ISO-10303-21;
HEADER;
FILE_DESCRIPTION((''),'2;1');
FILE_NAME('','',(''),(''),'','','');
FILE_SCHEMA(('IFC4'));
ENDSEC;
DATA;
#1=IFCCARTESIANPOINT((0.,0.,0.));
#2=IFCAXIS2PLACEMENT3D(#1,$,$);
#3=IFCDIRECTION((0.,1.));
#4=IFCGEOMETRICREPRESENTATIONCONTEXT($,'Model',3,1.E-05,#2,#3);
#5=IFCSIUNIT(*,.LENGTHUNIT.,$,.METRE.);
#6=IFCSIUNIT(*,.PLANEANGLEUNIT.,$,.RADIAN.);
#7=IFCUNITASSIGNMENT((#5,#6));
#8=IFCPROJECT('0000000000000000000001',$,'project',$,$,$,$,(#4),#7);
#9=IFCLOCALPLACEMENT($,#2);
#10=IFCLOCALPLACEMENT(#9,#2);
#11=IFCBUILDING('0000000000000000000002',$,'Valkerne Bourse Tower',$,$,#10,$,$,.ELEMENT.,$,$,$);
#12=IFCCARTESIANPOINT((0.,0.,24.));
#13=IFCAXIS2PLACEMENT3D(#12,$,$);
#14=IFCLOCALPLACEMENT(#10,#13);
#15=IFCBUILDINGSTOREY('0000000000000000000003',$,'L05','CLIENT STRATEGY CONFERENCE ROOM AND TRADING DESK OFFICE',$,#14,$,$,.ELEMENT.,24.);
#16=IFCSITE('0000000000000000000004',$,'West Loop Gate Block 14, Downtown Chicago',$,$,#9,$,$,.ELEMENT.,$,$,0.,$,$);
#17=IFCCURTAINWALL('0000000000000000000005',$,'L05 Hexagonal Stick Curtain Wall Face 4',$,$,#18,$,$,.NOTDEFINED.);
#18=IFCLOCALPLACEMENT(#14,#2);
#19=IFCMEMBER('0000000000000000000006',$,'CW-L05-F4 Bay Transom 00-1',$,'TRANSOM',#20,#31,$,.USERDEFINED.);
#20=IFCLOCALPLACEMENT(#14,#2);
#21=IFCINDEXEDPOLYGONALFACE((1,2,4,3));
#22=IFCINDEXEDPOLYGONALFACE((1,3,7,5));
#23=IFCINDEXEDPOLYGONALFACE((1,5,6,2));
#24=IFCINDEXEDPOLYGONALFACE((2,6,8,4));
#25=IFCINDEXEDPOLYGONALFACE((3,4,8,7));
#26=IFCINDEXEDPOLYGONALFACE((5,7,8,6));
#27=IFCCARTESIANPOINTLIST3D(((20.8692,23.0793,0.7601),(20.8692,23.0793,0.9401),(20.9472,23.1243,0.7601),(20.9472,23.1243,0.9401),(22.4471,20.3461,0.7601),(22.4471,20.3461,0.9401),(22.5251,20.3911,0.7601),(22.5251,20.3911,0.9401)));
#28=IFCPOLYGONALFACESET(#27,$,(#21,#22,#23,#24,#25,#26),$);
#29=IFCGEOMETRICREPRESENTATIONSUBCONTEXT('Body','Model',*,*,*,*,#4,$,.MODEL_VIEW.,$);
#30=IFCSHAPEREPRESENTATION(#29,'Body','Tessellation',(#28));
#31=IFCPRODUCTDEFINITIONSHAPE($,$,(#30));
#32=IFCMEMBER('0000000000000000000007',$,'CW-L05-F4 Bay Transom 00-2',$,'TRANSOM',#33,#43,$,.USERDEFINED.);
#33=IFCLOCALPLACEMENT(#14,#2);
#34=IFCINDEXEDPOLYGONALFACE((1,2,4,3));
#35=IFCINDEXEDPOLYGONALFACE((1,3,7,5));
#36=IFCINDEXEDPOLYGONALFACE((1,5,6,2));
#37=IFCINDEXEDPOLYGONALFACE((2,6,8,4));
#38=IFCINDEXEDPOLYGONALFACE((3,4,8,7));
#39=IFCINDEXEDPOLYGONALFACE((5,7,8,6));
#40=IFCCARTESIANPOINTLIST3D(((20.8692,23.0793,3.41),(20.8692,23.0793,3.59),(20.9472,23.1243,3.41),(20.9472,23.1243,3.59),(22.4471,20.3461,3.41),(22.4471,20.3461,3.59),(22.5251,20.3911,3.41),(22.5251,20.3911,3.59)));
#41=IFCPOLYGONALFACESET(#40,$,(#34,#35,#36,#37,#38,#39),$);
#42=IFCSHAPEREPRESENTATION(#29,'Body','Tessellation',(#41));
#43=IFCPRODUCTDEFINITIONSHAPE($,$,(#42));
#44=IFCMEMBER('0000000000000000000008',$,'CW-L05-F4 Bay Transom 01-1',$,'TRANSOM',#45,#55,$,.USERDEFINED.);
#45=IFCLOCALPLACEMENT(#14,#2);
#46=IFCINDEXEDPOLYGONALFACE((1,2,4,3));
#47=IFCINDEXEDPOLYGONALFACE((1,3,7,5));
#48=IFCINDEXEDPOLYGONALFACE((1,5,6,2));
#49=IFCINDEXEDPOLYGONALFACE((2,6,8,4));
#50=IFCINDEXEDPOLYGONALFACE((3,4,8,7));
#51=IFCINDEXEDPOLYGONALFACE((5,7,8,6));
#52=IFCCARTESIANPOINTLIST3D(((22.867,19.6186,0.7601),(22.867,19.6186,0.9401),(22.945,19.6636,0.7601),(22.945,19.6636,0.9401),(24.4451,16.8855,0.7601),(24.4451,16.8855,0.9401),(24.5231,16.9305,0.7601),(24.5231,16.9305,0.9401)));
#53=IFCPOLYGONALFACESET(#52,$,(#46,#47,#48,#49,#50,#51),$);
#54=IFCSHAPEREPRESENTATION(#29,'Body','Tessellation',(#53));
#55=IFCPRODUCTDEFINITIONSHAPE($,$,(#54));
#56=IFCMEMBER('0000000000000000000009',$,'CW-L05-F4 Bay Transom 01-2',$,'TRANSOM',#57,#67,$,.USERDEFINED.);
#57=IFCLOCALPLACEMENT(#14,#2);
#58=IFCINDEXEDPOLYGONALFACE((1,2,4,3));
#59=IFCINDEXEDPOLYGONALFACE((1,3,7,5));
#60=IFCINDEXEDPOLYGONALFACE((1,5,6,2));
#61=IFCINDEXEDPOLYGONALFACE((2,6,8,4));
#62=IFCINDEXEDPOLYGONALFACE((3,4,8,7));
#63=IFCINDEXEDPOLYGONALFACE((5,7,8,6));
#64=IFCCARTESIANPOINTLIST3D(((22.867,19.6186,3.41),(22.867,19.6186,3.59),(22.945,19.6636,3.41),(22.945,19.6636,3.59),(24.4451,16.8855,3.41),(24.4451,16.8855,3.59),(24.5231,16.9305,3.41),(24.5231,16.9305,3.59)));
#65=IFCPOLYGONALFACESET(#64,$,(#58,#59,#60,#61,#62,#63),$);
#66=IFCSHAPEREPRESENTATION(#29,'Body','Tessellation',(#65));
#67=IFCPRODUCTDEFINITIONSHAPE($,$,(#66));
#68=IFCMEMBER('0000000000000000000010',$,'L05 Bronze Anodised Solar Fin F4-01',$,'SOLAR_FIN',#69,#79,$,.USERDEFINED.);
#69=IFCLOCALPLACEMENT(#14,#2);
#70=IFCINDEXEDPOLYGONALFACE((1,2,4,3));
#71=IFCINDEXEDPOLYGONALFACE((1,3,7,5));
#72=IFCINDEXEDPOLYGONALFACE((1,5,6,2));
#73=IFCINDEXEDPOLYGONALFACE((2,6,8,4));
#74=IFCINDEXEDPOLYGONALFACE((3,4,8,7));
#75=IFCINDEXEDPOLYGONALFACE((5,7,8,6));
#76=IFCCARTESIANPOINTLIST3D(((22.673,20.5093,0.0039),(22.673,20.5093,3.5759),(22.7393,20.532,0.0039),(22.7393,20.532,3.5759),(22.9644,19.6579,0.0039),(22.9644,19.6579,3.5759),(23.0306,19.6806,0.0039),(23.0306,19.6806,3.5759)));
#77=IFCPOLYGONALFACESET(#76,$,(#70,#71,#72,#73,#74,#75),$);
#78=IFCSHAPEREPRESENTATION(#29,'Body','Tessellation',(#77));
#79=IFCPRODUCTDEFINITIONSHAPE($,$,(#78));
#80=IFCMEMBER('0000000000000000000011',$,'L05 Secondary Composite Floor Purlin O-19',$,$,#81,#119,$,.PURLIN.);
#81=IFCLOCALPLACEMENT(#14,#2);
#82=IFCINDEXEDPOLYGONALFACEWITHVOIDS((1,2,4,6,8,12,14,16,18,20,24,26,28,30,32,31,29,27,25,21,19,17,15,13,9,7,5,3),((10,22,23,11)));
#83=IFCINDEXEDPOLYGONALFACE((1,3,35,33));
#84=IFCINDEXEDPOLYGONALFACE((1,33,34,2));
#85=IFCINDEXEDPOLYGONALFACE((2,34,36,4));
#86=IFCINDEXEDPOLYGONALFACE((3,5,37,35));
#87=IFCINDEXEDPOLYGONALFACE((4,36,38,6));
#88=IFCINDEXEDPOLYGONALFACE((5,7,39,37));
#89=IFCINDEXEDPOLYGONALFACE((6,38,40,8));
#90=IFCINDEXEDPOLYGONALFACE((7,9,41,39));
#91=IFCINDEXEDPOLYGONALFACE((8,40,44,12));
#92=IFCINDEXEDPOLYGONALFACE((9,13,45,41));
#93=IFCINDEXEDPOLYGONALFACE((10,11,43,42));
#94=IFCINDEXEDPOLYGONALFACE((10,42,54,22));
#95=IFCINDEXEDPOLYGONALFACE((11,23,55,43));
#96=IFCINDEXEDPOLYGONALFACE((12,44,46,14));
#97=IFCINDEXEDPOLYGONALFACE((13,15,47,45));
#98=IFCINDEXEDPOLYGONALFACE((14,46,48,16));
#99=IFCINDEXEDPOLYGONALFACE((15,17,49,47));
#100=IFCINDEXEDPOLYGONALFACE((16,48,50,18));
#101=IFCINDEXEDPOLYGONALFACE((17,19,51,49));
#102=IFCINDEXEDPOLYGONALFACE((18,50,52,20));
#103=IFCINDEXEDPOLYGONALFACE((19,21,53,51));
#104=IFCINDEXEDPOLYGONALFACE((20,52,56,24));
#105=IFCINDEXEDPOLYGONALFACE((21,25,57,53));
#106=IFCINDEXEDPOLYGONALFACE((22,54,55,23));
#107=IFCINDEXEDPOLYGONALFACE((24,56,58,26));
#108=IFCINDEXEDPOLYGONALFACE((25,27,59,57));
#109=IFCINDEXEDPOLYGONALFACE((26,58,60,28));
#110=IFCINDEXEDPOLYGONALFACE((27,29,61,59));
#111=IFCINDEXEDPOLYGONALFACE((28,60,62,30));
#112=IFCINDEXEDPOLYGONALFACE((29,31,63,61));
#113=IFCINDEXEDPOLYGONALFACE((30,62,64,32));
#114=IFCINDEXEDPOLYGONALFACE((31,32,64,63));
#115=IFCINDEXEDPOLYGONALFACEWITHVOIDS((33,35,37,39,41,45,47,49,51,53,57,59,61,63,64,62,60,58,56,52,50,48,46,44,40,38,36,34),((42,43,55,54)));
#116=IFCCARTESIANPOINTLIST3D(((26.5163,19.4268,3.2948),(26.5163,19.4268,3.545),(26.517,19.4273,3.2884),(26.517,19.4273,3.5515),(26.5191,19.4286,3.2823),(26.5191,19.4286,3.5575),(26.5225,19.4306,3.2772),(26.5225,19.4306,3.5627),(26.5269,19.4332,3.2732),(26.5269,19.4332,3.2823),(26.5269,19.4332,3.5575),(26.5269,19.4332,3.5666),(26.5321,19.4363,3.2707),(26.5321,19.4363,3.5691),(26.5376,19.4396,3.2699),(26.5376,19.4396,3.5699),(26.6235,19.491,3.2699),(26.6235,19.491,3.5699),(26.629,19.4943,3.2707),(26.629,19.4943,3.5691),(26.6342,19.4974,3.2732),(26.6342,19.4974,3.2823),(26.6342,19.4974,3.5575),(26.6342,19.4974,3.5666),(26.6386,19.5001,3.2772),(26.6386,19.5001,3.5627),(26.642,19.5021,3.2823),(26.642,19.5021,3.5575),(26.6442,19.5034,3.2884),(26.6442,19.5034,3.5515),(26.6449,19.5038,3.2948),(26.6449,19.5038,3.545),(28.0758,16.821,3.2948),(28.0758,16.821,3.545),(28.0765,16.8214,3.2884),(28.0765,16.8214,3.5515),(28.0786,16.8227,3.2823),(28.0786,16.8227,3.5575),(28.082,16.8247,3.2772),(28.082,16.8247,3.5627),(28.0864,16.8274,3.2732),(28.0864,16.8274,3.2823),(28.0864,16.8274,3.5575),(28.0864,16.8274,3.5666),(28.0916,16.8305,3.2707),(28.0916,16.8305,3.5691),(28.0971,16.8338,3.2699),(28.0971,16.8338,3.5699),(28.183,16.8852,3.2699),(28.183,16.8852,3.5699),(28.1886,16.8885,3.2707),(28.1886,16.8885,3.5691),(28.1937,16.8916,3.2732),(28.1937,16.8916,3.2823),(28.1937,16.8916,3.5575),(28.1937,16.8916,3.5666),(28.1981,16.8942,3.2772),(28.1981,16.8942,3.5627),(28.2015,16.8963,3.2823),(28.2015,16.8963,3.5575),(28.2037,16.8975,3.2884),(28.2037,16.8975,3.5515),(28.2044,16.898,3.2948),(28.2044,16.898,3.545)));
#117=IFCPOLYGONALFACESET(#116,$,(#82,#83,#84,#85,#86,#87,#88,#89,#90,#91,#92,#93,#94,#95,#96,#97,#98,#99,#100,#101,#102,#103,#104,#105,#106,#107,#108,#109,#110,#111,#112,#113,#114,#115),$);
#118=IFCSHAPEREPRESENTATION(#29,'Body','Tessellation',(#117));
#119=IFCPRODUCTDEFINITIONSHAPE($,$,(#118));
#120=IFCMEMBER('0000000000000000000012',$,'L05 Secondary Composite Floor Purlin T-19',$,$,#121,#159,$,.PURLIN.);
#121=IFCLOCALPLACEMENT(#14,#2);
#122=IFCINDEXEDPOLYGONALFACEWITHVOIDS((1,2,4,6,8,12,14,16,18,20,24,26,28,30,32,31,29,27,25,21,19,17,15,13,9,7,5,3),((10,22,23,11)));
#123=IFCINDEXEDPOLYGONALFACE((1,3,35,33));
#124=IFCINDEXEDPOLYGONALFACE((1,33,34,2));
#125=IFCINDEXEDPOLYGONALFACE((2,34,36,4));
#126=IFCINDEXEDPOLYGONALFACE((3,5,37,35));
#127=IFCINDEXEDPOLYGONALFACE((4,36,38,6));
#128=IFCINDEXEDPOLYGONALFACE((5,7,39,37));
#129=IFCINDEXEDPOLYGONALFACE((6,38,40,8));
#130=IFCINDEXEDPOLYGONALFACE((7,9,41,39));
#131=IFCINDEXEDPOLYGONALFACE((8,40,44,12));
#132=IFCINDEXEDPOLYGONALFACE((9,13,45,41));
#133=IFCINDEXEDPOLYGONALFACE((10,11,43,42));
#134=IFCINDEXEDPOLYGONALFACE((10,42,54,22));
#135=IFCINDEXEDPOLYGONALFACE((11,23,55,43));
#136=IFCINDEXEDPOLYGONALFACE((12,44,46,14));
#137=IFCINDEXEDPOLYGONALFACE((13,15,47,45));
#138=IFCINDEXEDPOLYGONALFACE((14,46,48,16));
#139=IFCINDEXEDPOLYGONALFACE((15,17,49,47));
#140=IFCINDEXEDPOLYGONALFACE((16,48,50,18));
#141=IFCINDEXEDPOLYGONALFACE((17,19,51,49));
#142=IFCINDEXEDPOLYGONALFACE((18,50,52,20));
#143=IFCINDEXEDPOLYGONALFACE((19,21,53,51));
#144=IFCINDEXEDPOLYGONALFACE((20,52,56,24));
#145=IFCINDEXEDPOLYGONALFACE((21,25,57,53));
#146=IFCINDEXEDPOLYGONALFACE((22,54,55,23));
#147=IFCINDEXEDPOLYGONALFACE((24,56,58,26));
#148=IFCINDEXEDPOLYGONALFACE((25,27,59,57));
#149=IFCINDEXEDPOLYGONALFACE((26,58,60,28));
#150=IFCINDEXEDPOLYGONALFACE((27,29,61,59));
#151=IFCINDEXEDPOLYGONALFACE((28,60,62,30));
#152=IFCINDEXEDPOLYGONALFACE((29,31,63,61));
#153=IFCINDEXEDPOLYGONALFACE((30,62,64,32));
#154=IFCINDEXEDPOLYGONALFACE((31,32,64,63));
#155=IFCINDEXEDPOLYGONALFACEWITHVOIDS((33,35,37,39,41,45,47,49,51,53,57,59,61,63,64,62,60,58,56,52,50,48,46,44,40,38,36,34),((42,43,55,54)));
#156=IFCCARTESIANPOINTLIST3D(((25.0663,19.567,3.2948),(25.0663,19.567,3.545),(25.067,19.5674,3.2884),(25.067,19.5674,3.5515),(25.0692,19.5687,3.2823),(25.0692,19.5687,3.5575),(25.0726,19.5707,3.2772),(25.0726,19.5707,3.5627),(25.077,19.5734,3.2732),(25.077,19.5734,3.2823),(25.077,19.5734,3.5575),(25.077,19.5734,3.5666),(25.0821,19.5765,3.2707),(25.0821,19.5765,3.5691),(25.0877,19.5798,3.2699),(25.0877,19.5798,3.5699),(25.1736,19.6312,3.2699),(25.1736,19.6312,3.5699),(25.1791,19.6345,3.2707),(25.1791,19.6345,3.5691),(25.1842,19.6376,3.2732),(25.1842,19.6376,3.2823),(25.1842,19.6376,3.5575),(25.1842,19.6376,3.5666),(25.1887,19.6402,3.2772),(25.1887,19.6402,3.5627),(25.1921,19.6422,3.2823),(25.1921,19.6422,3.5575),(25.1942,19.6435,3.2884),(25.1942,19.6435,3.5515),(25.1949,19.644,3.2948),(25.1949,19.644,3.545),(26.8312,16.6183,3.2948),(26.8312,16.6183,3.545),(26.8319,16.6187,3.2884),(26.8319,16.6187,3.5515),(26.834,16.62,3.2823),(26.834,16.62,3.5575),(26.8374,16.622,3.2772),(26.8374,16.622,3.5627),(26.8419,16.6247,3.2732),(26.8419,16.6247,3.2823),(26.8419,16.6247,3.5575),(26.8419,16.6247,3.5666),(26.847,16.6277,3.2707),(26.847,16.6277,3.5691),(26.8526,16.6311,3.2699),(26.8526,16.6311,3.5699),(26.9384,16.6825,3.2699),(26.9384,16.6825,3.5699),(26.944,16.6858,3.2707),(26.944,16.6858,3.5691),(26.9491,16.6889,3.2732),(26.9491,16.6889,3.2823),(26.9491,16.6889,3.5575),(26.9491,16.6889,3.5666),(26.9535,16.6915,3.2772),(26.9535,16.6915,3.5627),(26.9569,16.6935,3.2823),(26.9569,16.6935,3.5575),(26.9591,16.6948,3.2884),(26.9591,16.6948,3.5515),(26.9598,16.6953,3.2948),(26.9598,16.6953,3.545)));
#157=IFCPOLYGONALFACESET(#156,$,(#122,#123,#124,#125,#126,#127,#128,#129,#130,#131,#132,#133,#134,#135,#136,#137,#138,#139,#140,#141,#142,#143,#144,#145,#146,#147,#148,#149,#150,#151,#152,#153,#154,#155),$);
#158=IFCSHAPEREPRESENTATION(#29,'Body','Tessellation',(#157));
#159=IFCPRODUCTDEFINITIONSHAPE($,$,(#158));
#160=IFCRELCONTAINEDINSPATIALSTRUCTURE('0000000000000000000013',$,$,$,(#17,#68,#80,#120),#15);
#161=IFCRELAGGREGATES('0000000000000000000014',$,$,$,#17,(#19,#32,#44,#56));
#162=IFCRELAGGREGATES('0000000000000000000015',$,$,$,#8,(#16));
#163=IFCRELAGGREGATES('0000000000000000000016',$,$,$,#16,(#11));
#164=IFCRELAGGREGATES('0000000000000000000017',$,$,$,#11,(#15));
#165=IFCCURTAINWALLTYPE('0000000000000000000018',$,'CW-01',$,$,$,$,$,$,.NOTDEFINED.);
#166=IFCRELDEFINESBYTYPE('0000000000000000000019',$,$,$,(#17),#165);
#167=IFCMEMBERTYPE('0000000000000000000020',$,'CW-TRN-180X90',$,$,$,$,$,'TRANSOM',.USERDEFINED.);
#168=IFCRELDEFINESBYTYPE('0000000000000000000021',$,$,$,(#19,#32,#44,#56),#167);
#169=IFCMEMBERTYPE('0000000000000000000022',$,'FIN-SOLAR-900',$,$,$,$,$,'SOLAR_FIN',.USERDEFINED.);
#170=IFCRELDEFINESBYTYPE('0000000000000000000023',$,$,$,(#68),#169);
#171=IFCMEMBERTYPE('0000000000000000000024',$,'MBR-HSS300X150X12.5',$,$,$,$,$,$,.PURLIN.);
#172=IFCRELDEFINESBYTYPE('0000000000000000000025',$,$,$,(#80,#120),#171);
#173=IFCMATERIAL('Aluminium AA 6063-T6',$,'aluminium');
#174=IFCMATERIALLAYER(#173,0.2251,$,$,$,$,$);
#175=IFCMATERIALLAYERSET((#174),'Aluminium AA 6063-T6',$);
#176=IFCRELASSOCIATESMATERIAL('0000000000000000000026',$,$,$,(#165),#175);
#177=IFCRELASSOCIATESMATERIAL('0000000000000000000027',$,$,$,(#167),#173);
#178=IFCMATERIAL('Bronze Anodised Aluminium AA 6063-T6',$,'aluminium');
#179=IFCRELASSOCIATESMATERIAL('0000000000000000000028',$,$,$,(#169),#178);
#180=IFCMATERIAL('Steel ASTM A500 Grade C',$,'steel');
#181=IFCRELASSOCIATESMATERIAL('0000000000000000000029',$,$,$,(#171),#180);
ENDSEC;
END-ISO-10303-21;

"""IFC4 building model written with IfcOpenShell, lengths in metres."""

from ifc_helpers import new_model, si_unit, direction, frame, origin, origin_2d, place, context, subcontext, project, spatial, rectangle, hollow_rectangle, extrude, material, layer, layer_set, material_profile, profile_set, type_object, element, aggregate, save


model = new_model("IFC4")

# Units and contexts
model_context = context("Model", 3, precision=1e-05, world=origin(), true_north=direction((0.0, 1.0)))
body_context = subcontext(model_context, "Body", "Model", "MODEL_VIEW")
ifc_project = project(units=[si_unit("LENGTHUNIT", "METRE"), si_unit("PLANEANGLEUNIT", "RADIAN")], contexts=[model_context])

# Site, building, storey
site_placement = place(None, origin())
site = spatial("IfcSite", under=ifc_project, at=site_placement, Name="West Loop Gate Block 14, Downtown Chicago", CompositionType="ELEMENT", RefElevation=0.0)
building_placement = place(site_placement, origin())
building = spatial("IfcBuilding", under=site, at=building_placement, Name="Valkerne Bourse Tower", CompositionType="ELEMENT")
storey_placement = place(building_placement, frame((0.0, 0.0, 24.0)))
storey = spatial("IfcBuildingStorey", under=building, at=storey_placement, Name="L05", Description="CLIENT STRATEGY CONFERENCE ROOM AND TRADING DESK OFFICE", CompositionType="ELEMENT", Elevation=24.0)

# Shared definitions
ifc_material_1 = material(Name="Aluminium AA 6063-T6", Category="aluminium")
ifc_layer_1 = layer(ifc_material_1, 0.2251)
ifc_layer_set_1 = layer_set([ifc_layer_1], Name="Aluminium AA 6063-T6")
curtain_wall_type = type_object("IfcCurtainWallType", Name="CW-01", PredefinedType="NOTDEFINED", material=ifc_layer_set_1)

# Curtain wall, members
curtain_wall_1_placement = place(storey_placement, origin())
curtain_wall_1 = element("IfcCurtainWall", 1, at=curtain_wall_1_placement, inside=storey, type_object=curtain_wall_type, Name="L05 Hexagonal Stick Curtain Wall Face 4", PredefinedType="NOTDEFINED")
ifc_material_profile_1 = material_profile(ifc_material_1, rectangle(XDim=0.0901, YDim=0.1799, at=origin_2d()), Name="CWT-90X180")
ifc_profile_set_1 = profile_set([ifc_material_profile_1], Name="Aluminium AA 6063-T6")
member_type_1 = type_object("IfcMemberType", Name="CW-TRN-180X90", ElementType="TRANSOM", PredefinedType="USERDEFINED", material=ifc_profile_set_1)
member_1_placement = place(storey_placement, frame((20.9082, 23.1018, 0.8501), z_axis=(0.499975, -0.86604, 0.0), x_axis=(0.86604, 0.499975, 0.0)))
member_1 = element("IfcMember", 2, at=member_1_placement, type_object=member_type_1, Name="CW-L05-F4 Bay Transom 00-1", ObjectType="TRANSOM", PredefinedType="USERDEFINED", context=body_context, shape_type="SweptSolid", body=[
    extrude(rectangle(XDim=0.0901, YDim=0.1799, at=origin_2d()), origin(), (0.0, 0.0, 1.0), 3.156),
])
member_2_placement = place(storey_placement, frame((20.9082, 23.1018, 3.5), z_axis=(0.499975, -0.86604, 0.0), x_axis=(0.86604, 0.499975, 0.0)))
member_2 = element("IfcMember", 3, at=member_2_placement, type_object=member_type_1, Name="CW-L05-F4 Bay Transom 00-2", ObjectType="TRANSOM", PredefinedType="USERDEFINED", context=body_context, shape_type="SweptSolid", body=[
    extrude(rectangle(XDim=0.0901, YDim=0.1799, at=origin_2d()), origin(), (0.0, 0.0, 1.0), 3.156),
])
member_3_placement = place(storey_placement, frame((22.906, 19.6411, 0.8501), z_axis=(0.500033, -0.866007, 0.0), x_axis=(0.866007, 0.500033, 0.0)))
member_3 = element("IfcMember", 4, at=member_3_placement, type_object=member_type_1, Name="CW-L05-F4 Bay Transom 01-1", ObjectType="TRANSOM", PredefinedType="USERDEFINED", context=body_context, shape_type="SweptSolid", body=[
    extrude(rectangle(XDim=0.0901, YDim=0.1799, at=origin_2d()), origin(), (0.0, 0.0, 1.0), 3.156),
])
member_4_placement = place(storey_placement, frame((22.906, 19.6411, 3.5), z_axis=(0.500033, -0.866007, 0.0), x_axis=(0.866007, 0.500033, 0.0)))
member_4 = element("IfcMember", 5, at=member_4_placement, type_object=member_type_1, Name="CW-L05-F4 Bay Transom 01-2", ObjectType="TRANSOM", PredefinedType="USERDEFINED", context=body_context, shape_type="SweptSolid", body=[
    extrude(rectangle(XDim=0.0901, YDim=0.1799, at=origin_2d()), origin(), (0.0, 0.0, 1.0), 3.156),
])

# Members
ifc_material_2 = material(Name="Bronze Anodised Aluminium AA 6063-T6", Category="aluminium")
ifc_material_profile_2 = material_profile(ifc_material_2, rectangle(XDim=0.0701, YDim=0.8999, at=origin_2d()), Name="FIN-70X900")
ifc_profile_set_2 = profile_set([ifc_material_profile_2], Name="Bronze Anodised Aluminium AA 6063-T6")
member_type_2 = type_object("IfcMemberType", Name="FIN-SOLAR-900", ElementType="SOLAR_FIN", PredefinedType="USERDEFINED", material=ifc_profile_set_2)
member_5_placement = place(storey_placement, frame((22.8518, 20.095, 0.0039), z_axis=(0.0, 0.0, 1.0), x_axis=(-0.946128, -0.323794, 0.0)))
element("IfcMember", 6, at=member_5_placement, inside=storey, type_object=member_type_2, Name="L05 Bronze Anodised Solar Fin F4-01", ObjectType="SOLAR_FIN", PredefinedType="USERDEFINED", context=body_context, shape_type="SweptSolid", body=[
    extrude(rectangle(XDim=0.0701, YDim=0.8999, at=origin_2d()), origin(), (0.0, 0.0, 1.0), 3.572),
])
ifc_material_3 = material(Name="Steel ASTM A500 Grade C", Category="steel")
ifc_material_profile_3 = material_profile(ifc_material_3, hollow_rectangle(XDim=0.1499, YDim=0.3, WallThickness=0.0125, OuterFilletRadius=0.0249, at=origin_2d()), Name="HSS300X150X12.5")
ifc_profile_set_3 = profile_set([ifc_material_profile_3], Name="Steel ASTM A500 Grade C")
member_type_3 = type_object("IfcMemberType", Name="MBR-HSS300X150X12.5", PredefinedType="PURLIN", material=ifc_profile_set_3)
member_6_placement = place(storey_placement, frame((26.5806, 19.4653, 3.4199), z_axis=(0.513526, -0.858074, 0.0), x_axis=(0.858074, 0.513526, 0.0)))
element("IfcMember", 7, at=member_6_placement, inside=storey, type_object=member_type_3, Name="L05 Secondary Composite Floor Purlin O-19", PredefinedType="PURLIN", context=body_context, shape_type="SweptSolid", body=[
    extrude(hollow_rectangle(XDim=0.1499, YDim=0.3, WallThickness=0.0125, OuterFilletRadius=0.0249, at=origin_2d()), origin(), (0.0, 0.0, 1.0), 3.0369),
])
member_7_placement = place(storey_placement, frame((25.1306, 19.6055, 3.4199), z_axis=(0.513566, -0.85805, 0.0), x_axis=(0.85805, 0.513566, 0.0)))
element("IfcMember", 8, at=member_7_placement, inside=storey, type_object=member_type_3, Name="L05 Secondary Composite Floor Purlin T-19", PredefinedType="PURLIN", context=body_context, shape_type="SweptSolid", body=[
    extrude(hollow_rectangle(XDim=0.1499, YDim=0.3, WallThickness=0.0125, OuterFilletRadius=0.0249, at=origin_2d()), origin(), (0.0, 0.0, 1.0), 3.4365),
])

aggregate(curtain_wall_1, [member_1, member_2, member_3, member_4])

save(model, "model.ifc")
